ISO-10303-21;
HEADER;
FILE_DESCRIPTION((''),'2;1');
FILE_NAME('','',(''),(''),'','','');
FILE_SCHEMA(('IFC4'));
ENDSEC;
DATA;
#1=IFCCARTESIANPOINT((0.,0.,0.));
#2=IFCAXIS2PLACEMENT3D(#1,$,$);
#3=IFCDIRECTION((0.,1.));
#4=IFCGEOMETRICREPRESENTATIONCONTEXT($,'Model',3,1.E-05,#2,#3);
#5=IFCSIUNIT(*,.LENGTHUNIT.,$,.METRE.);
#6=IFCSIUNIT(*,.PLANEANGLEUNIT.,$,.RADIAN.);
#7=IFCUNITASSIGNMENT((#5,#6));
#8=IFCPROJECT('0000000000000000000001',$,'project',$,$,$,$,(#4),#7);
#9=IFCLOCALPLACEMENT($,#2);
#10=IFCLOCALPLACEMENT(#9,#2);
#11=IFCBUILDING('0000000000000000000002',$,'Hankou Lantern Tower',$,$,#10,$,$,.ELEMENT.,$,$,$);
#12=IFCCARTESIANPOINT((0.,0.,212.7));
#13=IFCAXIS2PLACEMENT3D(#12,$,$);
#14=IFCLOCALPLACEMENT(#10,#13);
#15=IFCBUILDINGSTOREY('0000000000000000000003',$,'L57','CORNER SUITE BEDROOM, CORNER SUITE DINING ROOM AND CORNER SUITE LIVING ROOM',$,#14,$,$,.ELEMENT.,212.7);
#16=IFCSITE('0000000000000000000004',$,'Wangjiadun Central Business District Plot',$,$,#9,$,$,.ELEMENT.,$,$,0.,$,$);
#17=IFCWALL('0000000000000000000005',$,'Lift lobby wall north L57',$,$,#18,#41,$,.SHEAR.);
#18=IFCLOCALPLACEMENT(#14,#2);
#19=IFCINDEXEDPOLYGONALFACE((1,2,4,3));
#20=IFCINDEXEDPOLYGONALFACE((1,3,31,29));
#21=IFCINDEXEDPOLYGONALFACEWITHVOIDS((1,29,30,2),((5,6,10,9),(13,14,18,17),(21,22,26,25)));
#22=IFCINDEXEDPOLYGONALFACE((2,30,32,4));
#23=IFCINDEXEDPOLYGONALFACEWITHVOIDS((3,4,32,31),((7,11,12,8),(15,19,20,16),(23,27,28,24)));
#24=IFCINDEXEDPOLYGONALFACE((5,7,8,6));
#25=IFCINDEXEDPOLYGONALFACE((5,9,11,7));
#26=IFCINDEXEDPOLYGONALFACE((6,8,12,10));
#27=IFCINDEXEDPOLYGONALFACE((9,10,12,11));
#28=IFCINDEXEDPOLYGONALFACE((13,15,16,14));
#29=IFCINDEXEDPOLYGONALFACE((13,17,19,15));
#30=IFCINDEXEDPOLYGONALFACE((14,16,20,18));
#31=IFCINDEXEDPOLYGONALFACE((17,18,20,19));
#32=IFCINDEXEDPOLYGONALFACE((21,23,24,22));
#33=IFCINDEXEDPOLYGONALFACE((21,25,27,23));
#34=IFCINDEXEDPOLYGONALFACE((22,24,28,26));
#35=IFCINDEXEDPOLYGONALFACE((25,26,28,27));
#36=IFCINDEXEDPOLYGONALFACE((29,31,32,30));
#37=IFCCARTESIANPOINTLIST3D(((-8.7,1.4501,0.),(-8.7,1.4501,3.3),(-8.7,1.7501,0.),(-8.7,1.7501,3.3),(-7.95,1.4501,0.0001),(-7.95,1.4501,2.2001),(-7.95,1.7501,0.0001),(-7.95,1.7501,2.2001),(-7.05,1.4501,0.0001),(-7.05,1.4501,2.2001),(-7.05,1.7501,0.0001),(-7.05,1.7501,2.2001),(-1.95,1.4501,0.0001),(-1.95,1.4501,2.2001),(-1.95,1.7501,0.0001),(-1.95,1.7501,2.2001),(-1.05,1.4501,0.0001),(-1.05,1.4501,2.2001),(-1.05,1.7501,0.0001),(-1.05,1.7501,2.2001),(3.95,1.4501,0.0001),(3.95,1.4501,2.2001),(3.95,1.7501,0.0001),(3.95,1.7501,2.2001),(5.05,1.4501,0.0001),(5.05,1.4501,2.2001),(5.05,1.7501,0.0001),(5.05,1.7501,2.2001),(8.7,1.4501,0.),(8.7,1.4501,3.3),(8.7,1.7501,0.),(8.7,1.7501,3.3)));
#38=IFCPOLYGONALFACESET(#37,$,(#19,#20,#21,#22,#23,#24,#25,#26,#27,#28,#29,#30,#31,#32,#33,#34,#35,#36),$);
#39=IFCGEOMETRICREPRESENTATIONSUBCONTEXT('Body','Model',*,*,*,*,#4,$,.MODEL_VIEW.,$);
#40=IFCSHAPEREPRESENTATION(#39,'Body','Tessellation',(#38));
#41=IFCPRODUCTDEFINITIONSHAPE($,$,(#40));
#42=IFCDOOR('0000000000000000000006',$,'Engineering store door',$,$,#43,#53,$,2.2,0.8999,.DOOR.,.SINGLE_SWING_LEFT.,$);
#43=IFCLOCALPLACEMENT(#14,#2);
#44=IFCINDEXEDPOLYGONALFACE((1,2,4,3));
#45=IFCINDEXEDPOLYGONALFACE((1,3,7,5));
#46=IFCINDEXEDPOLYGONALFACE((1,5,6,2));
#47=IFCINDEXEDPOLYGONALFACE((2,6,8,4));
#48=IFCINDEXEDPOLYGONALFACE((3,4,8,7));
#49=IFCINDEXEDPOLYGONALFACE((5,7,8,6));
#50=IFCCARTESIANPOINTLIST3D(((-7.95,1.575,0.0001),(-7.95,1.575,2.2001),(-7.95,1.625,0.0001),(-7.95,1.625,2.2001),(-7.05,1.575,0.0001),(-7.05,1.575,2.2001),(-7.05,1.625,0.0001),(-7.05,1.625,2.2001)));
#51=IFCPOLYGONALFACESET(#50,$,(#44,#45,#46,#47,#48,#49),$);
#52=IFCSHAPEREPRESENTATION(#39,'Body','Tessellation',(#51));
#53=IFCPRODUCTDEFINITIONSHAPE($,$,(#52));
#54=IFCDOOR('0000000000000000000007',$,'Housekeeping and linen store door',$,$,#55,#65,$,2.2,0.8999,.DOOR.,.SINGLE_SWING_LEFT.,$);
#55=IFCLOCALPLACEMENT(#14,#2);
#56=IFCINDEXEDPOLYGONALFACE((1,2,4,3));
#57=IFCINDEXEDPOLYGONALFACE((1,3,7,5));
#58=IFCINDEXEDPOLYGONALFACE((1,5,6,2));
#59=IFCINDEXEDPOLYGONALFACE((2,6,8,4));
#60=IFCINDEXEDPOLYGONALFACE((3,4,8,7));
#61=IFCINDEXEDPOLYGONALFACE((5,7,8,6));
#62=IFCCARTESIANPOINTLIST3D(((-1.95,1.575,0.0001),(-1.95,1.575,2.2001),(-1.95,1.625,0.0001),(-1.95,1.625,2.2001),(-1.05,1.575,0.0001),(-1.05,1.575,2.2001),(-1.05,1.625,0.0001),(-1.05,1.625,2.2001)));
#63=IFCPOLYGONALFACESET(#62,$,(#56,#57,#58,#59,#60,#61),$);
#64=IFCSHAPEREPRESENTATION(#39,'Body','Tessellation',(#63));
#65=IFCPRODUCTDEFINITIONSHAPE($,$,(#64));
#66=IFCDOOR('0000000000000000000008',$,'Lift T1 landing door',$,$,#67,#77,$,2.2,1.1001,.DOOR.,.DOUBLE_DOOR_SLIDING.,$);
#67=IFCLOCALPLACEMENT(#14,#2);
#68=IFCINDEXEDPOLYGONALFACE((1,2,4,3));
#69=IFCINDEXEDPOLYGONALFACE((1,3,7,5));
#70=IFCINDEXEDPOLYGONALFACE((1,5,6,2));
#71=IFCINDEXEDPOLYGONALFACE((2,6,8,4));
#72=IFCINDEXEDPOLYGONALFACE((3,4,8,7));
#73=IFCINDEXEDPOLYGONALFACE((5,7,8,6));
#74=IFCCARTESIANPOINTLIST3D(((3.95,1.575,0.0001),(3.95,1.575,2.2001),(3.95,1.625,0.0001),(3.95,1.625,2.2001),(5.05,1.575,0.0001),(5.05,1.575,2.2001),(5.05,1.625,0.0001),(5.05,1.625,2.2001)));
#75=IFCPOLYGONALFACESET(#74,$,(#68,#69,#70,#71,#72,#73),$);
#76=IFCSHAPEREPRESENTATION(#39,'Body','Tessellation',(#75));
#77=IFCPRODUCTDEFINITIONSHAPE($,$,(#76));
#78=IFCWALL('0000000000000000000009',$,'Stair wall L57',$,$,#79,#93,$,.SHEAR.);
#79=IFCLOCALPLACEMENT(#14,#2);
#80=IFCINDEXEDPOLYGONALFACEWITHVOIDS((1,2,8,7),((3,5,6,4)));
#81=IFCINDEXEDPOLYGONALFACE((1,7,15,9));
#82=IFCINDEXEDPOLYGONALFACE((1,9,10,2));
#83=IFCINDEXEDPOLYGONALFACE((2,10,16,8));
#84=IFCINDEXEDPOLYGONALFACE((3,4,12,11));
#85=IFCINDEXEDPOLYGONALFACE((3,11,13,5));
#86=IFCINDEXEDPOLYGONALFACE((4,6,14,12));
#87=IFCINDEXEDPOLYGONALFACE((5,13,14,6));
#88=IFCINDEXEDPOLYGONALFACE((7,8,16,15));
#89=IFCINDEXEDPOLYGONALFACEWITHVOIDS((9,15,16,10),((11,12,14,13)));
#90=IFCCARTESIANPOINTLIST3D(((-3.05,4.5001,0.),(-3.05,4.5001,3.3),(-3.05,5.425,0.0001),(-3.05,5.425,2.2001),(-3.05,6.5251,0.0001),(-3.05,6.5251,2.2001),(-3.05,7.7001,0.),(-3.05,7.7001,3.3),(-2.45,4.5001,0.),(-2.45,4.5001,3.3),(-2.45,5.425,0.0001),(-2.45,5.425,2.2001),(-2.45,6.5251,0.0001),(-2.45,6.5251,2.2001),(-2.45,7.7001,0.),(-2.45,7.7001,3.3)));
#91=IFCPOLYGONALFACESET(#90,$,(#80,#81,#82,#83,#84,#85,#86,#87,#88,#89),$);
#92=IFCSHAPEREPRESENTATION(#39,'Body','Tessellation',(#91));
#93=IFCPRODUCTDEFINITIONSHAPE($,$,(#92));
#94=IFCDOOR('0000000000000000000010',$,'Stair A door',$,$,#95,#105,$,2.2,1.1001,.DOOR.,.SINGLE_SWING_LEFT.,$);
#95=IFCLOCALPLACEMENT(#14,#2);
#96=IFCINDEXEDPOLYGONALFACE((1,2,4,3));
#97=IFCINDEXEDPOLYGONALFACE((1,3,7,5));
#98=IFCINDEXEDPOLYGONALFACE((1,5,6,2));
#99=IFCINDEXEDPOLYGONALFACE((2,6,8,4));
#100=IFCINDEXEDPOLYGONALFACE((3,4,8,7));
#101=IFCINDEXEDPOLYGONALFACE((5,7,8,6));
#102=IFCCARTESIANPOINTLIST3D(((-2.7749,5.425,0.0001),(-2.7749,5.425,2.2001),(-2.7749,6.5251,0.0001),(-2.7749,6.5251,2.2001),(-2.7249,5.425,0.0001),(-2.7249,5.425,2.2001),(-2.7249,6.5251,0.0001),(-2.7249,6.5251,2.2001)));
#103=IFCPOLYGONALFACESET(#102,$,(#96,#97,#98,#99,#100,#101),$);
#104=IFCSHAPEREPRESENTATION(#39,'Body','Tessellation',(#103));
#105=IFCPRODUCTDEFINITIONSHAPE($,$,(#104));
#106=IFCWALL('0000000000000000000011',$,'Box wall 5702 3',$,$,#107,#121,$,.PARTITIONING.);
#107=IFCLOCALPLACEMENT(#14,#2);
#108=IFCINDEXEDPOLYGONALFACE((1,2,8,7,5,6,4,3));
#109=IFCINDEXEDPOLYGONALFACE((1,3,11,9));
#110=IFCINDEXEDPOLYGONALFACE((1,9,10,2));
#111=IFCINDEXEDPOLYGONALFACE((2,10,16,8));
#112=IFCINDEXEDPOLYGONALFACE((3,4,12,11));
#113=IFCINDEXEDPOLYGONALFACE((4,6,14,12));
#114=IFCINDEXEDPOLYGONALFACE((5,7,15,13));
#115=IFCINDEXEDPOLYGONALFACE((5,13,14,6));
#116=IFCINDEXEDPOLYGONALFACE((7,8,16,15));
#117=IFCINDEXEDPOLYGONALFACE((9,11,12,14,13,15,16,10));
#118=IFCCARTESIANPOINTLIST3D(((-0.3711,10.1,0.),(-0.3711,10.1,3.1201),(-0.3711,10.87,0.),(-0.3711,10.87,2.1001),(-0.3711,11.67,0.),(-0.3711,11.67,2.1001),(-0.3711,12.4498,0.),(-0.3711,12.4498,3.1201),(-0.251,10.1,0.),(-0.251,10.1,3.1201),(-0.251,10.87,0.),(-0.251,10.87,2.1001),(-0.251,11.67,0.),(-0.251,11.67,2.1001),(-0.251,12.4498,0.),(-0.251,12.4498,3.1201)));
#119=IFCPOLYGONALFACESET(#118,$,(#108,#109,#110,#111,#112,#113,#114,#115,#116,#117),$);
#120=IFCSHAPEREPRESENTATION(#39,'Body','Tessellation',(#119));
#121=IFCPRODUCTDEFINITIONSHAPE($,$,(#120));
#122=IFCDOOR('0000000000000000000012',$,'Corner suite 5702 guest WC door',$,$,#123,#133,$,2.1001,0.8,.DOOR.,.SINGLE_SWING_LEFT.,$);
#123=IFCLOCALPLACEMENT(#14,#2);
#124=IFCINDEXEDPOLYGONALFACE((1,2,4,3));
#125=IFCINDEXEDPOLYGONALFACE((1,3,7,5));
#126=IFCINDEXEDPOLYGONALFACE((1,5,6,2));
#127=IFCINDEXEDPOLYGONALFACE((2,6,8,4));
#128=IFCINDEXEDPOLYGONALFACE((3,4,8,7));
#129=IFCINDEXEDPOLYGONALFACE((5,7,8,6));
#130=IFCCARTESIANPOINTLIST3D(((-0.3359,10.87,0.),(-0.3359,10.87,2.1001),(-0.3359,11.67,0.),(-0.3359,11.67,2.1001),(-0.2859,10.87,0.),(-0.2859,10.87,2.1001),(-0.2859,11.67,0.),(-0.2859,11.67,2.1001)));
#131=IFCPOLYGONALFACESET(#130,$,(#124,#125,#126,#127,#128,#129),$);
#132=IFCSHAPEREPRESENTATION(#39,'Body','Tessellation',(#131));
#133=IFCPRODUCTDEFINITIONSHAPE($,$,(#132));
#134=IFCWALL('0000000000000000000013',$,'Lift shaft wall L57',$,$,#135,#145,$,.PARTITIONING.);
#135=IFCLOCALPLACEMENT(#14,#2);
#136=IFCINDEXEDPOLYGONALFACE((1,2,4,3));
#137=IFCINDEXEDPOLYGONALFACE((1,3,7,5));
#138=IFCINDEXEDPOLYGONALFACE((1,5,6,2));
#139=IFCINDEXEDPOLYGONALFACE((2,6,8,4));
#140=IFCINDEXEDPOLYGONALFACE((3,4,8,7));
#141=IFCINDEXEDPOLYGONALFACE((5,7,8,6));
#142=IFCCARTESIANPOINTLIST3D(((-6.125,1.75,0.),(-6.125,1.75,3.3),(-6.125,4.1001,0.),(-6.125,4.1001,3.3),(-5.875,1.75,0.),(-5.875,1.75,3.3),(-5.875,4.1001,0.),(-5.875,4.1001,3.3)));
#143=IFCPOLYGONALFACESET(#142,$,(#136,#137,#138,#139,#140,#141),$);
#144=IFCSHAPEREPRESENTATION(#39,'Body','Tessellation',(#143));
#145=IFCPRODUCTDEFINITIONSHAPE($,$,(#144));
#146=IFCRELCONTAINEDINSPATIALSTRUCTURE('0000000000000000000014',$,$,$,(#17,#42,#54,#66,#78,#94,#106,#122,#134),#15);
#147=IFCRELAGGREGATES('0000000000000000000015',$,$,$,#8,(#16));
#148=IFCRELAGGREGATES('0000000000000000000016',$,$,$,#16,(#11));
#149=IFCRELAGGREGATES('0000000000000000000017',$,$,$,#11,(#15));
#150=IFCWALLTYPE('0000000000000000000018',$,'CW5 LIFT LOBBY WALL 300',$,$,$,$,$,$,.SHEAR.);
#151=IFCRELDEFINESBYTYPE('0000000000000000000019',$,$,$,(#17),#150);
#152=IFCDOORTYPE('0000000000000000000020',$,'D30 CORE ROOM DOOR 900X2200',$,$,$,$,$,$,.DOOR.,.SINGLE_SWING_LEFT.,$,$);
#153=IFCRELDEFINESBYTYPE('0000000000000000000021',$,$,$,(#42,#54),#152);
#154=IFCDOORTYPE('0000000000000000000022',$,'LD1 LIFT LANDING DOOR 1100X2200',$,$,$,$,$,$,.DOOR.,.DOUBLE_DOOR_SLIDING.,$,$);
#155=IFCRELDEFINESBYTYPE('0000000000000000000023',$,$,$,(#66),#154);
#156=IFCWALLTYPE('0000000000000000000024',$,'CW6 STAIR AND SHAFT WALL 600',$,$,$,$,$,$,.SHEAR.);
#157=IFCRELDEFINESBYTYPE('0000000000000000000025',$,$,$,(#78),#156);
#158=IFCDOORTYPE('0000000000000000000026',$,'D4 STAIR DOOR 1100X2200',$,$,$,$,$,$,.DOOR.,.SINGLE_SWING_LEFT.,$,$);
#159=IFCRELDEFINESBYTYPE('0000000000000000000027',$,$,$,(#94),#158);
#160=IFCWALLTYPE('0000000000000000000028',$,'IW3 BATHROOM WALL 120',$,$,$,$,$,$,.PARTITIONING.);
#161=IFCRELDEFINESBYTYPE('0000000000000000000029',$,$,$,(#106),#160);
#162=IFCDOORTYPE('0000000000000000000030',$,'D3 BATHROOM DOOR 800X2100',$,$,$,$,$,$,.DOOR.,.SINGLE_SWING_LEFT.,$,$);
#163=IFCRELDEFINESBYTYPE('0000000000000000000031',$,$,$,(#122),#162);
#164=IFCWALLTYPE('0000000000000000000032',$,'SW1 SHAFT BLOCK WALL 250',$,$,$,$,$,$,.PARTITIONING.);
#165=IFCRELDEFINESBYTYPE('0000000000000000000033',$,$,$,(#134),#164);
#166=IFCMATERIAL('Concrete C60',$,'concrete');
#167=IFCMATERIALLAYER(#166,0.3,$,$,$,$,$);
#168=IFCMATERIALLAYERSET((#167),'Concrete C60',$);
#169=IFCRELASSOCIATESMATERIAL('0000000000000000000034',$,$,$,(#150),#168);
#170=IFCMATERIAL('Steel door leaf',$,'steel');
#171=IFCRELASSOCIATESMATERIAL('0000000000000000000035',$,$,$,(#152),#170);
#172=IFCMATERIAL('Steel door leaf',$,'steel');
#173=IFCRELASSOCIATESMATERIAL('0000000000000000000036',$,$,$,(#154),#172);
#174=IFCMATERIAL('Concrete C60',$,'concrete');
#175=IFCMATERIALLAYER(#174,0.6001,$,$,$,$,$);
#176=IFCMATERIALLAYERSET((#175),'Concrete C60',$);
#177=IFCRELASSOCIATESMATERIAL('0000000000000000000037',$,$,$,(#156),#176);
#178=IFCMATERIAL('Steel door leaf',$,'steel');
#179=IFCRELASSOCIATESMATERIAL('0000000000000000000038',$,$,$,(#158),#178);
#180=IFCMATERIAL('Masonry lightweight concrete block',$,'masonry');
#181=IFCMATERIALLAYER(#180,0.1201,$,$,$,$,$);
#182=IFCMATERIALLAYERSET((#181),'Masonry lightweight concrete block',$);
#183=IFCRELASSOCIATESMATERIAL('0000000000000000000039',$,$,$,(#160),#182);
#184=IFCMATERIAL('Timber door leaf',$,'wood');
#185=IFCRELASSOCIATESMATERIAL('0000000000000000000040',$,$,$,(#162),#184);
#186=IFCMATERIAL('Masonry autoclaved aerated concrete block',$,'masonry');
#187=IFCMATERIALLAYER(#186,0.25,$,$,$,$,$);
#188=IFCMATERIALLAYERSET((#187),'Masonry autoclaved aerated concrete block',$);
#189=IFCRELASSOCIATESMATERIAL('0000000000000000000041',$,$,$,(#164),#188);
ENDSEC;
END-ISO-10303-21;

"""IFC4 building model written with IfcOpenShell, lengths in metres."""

from ifc_helpers import new_model, si_unit, direction, frame, frame_2d, origin, place, context, subcontext, project, spatial, rectangle, extrude, material, layer, layer_set, type_object, element, fill, save


model = new_model("IFC4")

# Units and contexts
model_context = context("Model", 3, precision=1e-05, world=origin(), true_north=direction((0.0, 1.0)))
body_context = subcontext(model_context, "Body", "Model", "MODEL_VIEW")
ifc_project = project(units=[si_unit("LENGTHUNIT", "METRE"), si_unit("PLANEANGLEUNIT", "RADIAN")], contexts=[model_context])

# Site, building, storey
site_placement = place(None, origin())
site = spatial("IfcSite", under=ifc_project, at=site_placement, Name="Wangjiadun Central Business District Plot", CompositionType="ELEMENT", RefElevation=0.0)
building_placement = place(site_placement, origin())
building = spatial("IfcBuilding", under=site, at=building_placement, Name="Hankou Lantern Tower", CompositionType="ELEMENT")
storey_placement = place(building_placement, frame((0.0, 0.0, 212.7)))
storey = spatial("IfcBuildingStorey", under=building, at=storey_placement, Name="L57", Description="CORNER SUITE BEDROOM, CORNER SUITE DINING ROOM AND CORNER SUITE LIVING ROOM", CompositionType="ELEMENT", Elevation=212.7)

# Wall, openings, doors
ifc_material_1 = material(Name="Concrete C60", Category="concrete")
ifc_layer_1 = layer(ifc_material_1, 0.3)
ifc_layer_set_1 = layer_set([ifc_layer_1], Name="Concrete C60")
wall_type_1 = type_object("IfcWallType", Name="CW5 LIFT LOBBY WALL 300", PredefinedType="SHEAR", material=ifc_layer_set_1)
wall_1_placement = place(storey_placement, frame((-8.7, 1.6001, 0.0), z_axis=(0.0, 0.0, 1.0), x_axis=(1.0, 0.0, 0.0)))
wall_1 = element("IfcWall", 1, at=wall_1_placement, inside=storey, type_object=wall_type_1, Name="Lift lobby wall north L57", PredefinedType="SHEAR", context=body_context, shape_type="SweptSolid", body=[
    extrude(rectangle(XDim=17.3999, YDim=0.3, at=frame_2d((8.7, 0.0))), origin(), (0.0, 0.0, 1.0), 3.3),
])
opening_1_placement = place(wall_1_placement, frame((12.6499, 0.0, 0.0)))
opening_1 = element("IfcOpeningElement", 2, at=opening_1_placement, cuts=wall_1, PredefinedType="OPENING", context=body_context, shape_type="SweptSolid", body=[
    extrude(rectangle(XDim=1.1001, YDim=2.2, at=frame_2d((0.55, 1.1001))), frame((0.0, 0.1599, 0.0), z_axis=(0.0, -1.0, 0.0), x_axis=(1.0, 0.0, 0.0)), (0.0, 0.0, 1.0), 0.3201),
])
opening_2_placement = place(wall_1_placement, frame((0.75, 0.0, 0.0)))
opening_2 = element("IfcOpeningElement", 3, at=opening_2_placement, cuts=wall_1, PredefinedType="OPENING", context=body_context, shape_type="SweptSolid", body=[
    extrude(rectangle(XDim=0.8999, YDim=2.2, at=frame_2d((0.45, 1.1001))), frame((0.0, 0.1599, 0.0), z_axis=(0.0, -1.0, 0.0), x_axis=(1.0, 0.0, 0.0)), (0.0, 0.0, 1.0), 0.3201),
])
opening_3_placement = place(wall_1_placement, frame((6.75, 0.0, 0.0)))
opening_3 = element("IfcOpeningElement", 4, at=opening_3_placement, cuts=wall_1, PredefinedType="OPENING", context=body_context, shape_type="SweptSolid", body=[
    extrude(rectangle(XDim=0.8999, YDim=2.2, at=frame_2d((0.45, 1.1001))), frame((0.0, 0.1599, 0.0), z_axis=(0.0, -1.0, 0.0), x_axis=(1.0, 0.0, 0.0)), (0.0, 0.0, 1.0), 0.3201),
])
ifc_material_2 = material(Name="Steel door leaf", Category="steel")
door_type_1 = type_object("IfcDoorType", Name="D30 CORE ROOM DOOR 900X2200", OperationType="SINGLE_SWING_LEFT", PredefinedType="DOOR", material=ifc_material_2)
door_1_placement = place(opening_2_placement, origin())
door_1 = element("IfcDoor", 5, at=door_1_placement, inside=storey, type_object=door_type_1, Name="Engineering store door", OperationType="SINGLE_SWING_LEFT", OverallHeight=2.2, OverallWidth=0.8999, PredefinedType="DOOR", context=body_context, shape_type="SweptSolid", body=[
    extrude(rectangle(XDim=0.8999, YDim=2.2, at=frame_2d((0.45, 1.1001))), frame((0.0, 0.0249, 0.0), z_axis=(0.0, -1.0, 0.0), x_axis=(1.0, 0.0, 0.0)), (0.0, 0.0, 1.0), 0.05),
])
fill(opening_2, door_1)
door_2_placement = place(opening_3_placement, origin())
door_2 = element("IfcDoor", 6, at=door_2_placement, inside=storey, type_object=door_type_1, Name="Housekeeping and linen store door", OperationType="SINGLE_SWING_LEFT", OverallHeight=2.2, OverallWidth=0.8999, PredefinedType="DOOR", context=body_context, shape_type="SweptSolid", body=[
    extrude(rectangle(XDim=0.8999, YDim=2.2, at=frame_2d((0.45, 1.1001))), frame((0.0, 0.0249, 0.0), z_axis=(0.0, -1.0, 0.0), x_axis=(1.0, 0.0, 0.0)), (0.0, 0.0, 1.0), 0.05),
])
fill(opening_3, door_2)
ifc_material_3 = material(Name="Steel door leaf", Category="steel")
door_type_2 = type_object("IfcDoorType", Name="LD1 LIFT LANDING DOOR 1100X2200", OperationType="DOUBLE_DOOR_SLIDING", PredefinedType="DOOR", material=ifc_material_3)
door_3_placement = place(opening_1_placement, origin())
door_3 = element("IfcDoor", 7, at=door_3_placement, inside=storey, type_object=door_type_2, Name="Lift T1 landing door", OperationType="DOUBLE_DOOR_SLIDING", OverallHeight=2.2, OverallWidth=1.1001, PredefinedType="DOOR", context=body_context, shape_type="SweptSolid", body=[
    extrude(rectangle(XDim=1.1001, YDim=2.2, at=frame_2d((0.55, 1.1001))), frame((0.0, 0.0249, 0.0), z_axis=(0.0, -1.0, 0.0), x_axis=(1.0, 0.0, 0.0)), (0.0, 0.0, 1.0), 0.05),
])
fill(opening_1, door_3)

# Walls, openings, doors
ifc_material_4 = material(Name="Concrete C60", Category="concrete")
ifc_layer_2 = layer(ifc_material_4, 0.6001)
ifc_layer_set_2 = layer_set([ifc_layer_2], Name="Concrete C60")
wall_type_2 = type_object("IfcWallType", Name="CW6 STAIR AND SHAFT WALL 600", PredefinedType="SHEAR", material=ifc_layer_set_2)
wall_2_placement = place(storey_placement, frame((-2.75, 4.5, 0.0), z_axis=(0.0, 0.0, 1.0), x_axis=(0.0, 1.0, 0.0)))
wall_2 = element("IfcWall", 8, at=wall_2_placement, inside=storey, type_object=wall_type_2, Name="Stair wall L57", PredefinedType="SHEAR", context=body_context, shape_type="SweptSolid", body=[
    extrude(rectangle(XDim=3.2, YDim=0.6001, at=frame_2d((1.6001, 0.0))), origin(), (0.0, 0.0, 1.0), 3.3),
])
opening_4_placement = place(wall_2_placement, frame((0.925, 0.0, 0.0)))
opening_4 = element("IfcOpeningElement", 9, at=opening_4_placement, cuts=wall_2, PredefinedType="OPENING", context=body_context, shape_type="SweptSolid", body=[
    extrude(rectangle(XDim=1.1001, YDim=2.2, at=frame_2d((0.55, 1.1001))), frame((0.0, 0.3101, 0.0), z_axis=(0.0, -1.0, 0.0), x_axis=(1.0, 0.0, 0.0)), (0.0, 0.0, 1.0), 0.6201),
])
ifc_material_5 = material(Name="Steel door leaf", Category="steel")
door_type_3 = type_object("IfcDoorType", Name="D4 STAIR DOOR 1100X2200", OperationType="SINGLE_SWING_LEFT", PredefinedType="DOOR", material=ifc_material_5)
door_4_placement = place(opening_4_placement, origin())
door_4 = element("IfcDoor", 10, at=door_4_placement, inside=storey, type_object=door_type_3, Name="Stair A door", OperationType="SINGLE_SWING_LEFT", OverallHeight=2.2, OverallWidth=1.1001, PredefinedType="DOOR", context=body_context, shape_type="SweptSolid", body=[
    extrude(rectangle(XDim=1.1001, YDim=2.2, at=frame_2d((0.55, 1.1001))), frame((0.0, 0.0249, 0.0), z_axis=(0.0, -1.0, 0.0), x_axis=(1.0, 0.0, 0.0)), (0.0, 0.0, 1.0), 0.05),
])
fill(opening_4, door_4)
ifc_material_6 = material(Name="Masonry lightweight concrete block", Category="masonry")
ifc_layer_3 = layer(ifc_material_6, 0.1201)
ifc_layer_set_3 = layer_set([ifc_layer_3], Name="Masonry lightweight concrete block")
wall_type_3 = type_object("IfcWallType", Name="IW3 BATHROOM WALL 120", PredefinedType="PARTITIONING", material=ifc_layer_set_3)
wall_3_placement = place(storey_placement, frame((-0.311, 10.1001, 0.0), z_axis=(0.0, 0.0, 1.0), x_axis=(0.0, 1.0, 0.0)))
wall_3 = element("IfcWall", 11, at=wall_3_placement, inside=storey, type_object=wall_type_3, Name="Box wall 5702 3", PredefinedType="PARTITIONING", context=body_context, shape_type="SweptSolid", body=[
    extrude(rectangle(XDim=2.3499, YDim=0.1201, at=frame_2d((1.1748, 0.0))), origin(), (0.0, 0.0, 1.0), 3.1201),
])
opening_5_placement = place(wall_3_placement, frame((0.77, 0.0, 0.0)))
opening_5 = element("IfcOpeningElement", 12, at=opening_5_placement, cuts=wall_3, PredefinedType="OPENING", context=body_context, shape_type="SweptSolid", body=[
    extrude(rectangle(XDim=0.8, YDim=2.1001, at=frame_2d((0.3999, 1.05))), frame((0.0, 0.0701, 0.0), z_axis=(0.0, -1.0, 0.0), x_axis=(1.0, 0.0, 0.0)), (0.0, 0.0, 1.0), 0.1401),
])
ifc_material_7 = material(Name="Timber door leaf", Category="wood")
door_type_4 = type_object("IfcDoorType", Name="D3 BATHROOM DOOR 800X2100", OperationType="SINGLE_SWING_LEFT", PredefinedType="DOOR", material=ifc_material_7)
door_5_placement = place(opening_5_placement, origin())
door_5 = element("IfcDoor", 13, at=door_5_placement, inside=storey, type_object=door_type_4, Name="Corner suite 5702 guest WC door", OperationType="SINGLE_SWING_LEFT", OverallHeight=2.1001, OverallWidth=0.8, PredefinedType="DOOR", context=body_context, shape_type="SweptSolid", body=[
    extrude(rectangle(XDim=0.8, YDim=2.1001, at=frame_2d((0.3999, 1.05))), frame((0.0, 0.0249, 0.0), z_axis=(0.0, -1.0, 0.0), x_axis=(1.0, 0.0, 0.0)), (0.0, 0.0, 1.0), 0.05),
])
fill(opening_5, door_5)

# Wall
ifc_material_8 = material(Name="Masonry autoclaved aerated concrete block", Category="masonry")
ifc_layer_4 = layer(ifc_material_8, 0.25)
ifc_layer_set_4 = layer_set([ifc_layer_4], Name="Masonry autoclaved aerated concrete block")
wall_type_4 = type_object("IfcWallType", Name="SW1 SHAFT BLOCK WALL 250", PredefinedType="PARTITIONING", material=ifc_layer_set_4)
wall_4_placement = place(storey_placement, frame((-6.0, 1.75, 0.0), z_axis=(0.0, 0.0, 1.0), x_axis=(0.0, 1.0, 0.0)))
element("IfcWall", 14, at=wall_4_placement, inside=storey, type_object=wall_type_4, Name="Lift shaft wall L57", PredefinedType="PARTITIONING", context=body_context, shape_type="SweptSolid", body=[
    extrude(rectangle(XDim=2.3501, YDim=0.25, at=frame_2d((1.175, 0.0))), origin(), (0.0, 0.0, 1.0), 3.3),
])

save(model, "model.ifc")
